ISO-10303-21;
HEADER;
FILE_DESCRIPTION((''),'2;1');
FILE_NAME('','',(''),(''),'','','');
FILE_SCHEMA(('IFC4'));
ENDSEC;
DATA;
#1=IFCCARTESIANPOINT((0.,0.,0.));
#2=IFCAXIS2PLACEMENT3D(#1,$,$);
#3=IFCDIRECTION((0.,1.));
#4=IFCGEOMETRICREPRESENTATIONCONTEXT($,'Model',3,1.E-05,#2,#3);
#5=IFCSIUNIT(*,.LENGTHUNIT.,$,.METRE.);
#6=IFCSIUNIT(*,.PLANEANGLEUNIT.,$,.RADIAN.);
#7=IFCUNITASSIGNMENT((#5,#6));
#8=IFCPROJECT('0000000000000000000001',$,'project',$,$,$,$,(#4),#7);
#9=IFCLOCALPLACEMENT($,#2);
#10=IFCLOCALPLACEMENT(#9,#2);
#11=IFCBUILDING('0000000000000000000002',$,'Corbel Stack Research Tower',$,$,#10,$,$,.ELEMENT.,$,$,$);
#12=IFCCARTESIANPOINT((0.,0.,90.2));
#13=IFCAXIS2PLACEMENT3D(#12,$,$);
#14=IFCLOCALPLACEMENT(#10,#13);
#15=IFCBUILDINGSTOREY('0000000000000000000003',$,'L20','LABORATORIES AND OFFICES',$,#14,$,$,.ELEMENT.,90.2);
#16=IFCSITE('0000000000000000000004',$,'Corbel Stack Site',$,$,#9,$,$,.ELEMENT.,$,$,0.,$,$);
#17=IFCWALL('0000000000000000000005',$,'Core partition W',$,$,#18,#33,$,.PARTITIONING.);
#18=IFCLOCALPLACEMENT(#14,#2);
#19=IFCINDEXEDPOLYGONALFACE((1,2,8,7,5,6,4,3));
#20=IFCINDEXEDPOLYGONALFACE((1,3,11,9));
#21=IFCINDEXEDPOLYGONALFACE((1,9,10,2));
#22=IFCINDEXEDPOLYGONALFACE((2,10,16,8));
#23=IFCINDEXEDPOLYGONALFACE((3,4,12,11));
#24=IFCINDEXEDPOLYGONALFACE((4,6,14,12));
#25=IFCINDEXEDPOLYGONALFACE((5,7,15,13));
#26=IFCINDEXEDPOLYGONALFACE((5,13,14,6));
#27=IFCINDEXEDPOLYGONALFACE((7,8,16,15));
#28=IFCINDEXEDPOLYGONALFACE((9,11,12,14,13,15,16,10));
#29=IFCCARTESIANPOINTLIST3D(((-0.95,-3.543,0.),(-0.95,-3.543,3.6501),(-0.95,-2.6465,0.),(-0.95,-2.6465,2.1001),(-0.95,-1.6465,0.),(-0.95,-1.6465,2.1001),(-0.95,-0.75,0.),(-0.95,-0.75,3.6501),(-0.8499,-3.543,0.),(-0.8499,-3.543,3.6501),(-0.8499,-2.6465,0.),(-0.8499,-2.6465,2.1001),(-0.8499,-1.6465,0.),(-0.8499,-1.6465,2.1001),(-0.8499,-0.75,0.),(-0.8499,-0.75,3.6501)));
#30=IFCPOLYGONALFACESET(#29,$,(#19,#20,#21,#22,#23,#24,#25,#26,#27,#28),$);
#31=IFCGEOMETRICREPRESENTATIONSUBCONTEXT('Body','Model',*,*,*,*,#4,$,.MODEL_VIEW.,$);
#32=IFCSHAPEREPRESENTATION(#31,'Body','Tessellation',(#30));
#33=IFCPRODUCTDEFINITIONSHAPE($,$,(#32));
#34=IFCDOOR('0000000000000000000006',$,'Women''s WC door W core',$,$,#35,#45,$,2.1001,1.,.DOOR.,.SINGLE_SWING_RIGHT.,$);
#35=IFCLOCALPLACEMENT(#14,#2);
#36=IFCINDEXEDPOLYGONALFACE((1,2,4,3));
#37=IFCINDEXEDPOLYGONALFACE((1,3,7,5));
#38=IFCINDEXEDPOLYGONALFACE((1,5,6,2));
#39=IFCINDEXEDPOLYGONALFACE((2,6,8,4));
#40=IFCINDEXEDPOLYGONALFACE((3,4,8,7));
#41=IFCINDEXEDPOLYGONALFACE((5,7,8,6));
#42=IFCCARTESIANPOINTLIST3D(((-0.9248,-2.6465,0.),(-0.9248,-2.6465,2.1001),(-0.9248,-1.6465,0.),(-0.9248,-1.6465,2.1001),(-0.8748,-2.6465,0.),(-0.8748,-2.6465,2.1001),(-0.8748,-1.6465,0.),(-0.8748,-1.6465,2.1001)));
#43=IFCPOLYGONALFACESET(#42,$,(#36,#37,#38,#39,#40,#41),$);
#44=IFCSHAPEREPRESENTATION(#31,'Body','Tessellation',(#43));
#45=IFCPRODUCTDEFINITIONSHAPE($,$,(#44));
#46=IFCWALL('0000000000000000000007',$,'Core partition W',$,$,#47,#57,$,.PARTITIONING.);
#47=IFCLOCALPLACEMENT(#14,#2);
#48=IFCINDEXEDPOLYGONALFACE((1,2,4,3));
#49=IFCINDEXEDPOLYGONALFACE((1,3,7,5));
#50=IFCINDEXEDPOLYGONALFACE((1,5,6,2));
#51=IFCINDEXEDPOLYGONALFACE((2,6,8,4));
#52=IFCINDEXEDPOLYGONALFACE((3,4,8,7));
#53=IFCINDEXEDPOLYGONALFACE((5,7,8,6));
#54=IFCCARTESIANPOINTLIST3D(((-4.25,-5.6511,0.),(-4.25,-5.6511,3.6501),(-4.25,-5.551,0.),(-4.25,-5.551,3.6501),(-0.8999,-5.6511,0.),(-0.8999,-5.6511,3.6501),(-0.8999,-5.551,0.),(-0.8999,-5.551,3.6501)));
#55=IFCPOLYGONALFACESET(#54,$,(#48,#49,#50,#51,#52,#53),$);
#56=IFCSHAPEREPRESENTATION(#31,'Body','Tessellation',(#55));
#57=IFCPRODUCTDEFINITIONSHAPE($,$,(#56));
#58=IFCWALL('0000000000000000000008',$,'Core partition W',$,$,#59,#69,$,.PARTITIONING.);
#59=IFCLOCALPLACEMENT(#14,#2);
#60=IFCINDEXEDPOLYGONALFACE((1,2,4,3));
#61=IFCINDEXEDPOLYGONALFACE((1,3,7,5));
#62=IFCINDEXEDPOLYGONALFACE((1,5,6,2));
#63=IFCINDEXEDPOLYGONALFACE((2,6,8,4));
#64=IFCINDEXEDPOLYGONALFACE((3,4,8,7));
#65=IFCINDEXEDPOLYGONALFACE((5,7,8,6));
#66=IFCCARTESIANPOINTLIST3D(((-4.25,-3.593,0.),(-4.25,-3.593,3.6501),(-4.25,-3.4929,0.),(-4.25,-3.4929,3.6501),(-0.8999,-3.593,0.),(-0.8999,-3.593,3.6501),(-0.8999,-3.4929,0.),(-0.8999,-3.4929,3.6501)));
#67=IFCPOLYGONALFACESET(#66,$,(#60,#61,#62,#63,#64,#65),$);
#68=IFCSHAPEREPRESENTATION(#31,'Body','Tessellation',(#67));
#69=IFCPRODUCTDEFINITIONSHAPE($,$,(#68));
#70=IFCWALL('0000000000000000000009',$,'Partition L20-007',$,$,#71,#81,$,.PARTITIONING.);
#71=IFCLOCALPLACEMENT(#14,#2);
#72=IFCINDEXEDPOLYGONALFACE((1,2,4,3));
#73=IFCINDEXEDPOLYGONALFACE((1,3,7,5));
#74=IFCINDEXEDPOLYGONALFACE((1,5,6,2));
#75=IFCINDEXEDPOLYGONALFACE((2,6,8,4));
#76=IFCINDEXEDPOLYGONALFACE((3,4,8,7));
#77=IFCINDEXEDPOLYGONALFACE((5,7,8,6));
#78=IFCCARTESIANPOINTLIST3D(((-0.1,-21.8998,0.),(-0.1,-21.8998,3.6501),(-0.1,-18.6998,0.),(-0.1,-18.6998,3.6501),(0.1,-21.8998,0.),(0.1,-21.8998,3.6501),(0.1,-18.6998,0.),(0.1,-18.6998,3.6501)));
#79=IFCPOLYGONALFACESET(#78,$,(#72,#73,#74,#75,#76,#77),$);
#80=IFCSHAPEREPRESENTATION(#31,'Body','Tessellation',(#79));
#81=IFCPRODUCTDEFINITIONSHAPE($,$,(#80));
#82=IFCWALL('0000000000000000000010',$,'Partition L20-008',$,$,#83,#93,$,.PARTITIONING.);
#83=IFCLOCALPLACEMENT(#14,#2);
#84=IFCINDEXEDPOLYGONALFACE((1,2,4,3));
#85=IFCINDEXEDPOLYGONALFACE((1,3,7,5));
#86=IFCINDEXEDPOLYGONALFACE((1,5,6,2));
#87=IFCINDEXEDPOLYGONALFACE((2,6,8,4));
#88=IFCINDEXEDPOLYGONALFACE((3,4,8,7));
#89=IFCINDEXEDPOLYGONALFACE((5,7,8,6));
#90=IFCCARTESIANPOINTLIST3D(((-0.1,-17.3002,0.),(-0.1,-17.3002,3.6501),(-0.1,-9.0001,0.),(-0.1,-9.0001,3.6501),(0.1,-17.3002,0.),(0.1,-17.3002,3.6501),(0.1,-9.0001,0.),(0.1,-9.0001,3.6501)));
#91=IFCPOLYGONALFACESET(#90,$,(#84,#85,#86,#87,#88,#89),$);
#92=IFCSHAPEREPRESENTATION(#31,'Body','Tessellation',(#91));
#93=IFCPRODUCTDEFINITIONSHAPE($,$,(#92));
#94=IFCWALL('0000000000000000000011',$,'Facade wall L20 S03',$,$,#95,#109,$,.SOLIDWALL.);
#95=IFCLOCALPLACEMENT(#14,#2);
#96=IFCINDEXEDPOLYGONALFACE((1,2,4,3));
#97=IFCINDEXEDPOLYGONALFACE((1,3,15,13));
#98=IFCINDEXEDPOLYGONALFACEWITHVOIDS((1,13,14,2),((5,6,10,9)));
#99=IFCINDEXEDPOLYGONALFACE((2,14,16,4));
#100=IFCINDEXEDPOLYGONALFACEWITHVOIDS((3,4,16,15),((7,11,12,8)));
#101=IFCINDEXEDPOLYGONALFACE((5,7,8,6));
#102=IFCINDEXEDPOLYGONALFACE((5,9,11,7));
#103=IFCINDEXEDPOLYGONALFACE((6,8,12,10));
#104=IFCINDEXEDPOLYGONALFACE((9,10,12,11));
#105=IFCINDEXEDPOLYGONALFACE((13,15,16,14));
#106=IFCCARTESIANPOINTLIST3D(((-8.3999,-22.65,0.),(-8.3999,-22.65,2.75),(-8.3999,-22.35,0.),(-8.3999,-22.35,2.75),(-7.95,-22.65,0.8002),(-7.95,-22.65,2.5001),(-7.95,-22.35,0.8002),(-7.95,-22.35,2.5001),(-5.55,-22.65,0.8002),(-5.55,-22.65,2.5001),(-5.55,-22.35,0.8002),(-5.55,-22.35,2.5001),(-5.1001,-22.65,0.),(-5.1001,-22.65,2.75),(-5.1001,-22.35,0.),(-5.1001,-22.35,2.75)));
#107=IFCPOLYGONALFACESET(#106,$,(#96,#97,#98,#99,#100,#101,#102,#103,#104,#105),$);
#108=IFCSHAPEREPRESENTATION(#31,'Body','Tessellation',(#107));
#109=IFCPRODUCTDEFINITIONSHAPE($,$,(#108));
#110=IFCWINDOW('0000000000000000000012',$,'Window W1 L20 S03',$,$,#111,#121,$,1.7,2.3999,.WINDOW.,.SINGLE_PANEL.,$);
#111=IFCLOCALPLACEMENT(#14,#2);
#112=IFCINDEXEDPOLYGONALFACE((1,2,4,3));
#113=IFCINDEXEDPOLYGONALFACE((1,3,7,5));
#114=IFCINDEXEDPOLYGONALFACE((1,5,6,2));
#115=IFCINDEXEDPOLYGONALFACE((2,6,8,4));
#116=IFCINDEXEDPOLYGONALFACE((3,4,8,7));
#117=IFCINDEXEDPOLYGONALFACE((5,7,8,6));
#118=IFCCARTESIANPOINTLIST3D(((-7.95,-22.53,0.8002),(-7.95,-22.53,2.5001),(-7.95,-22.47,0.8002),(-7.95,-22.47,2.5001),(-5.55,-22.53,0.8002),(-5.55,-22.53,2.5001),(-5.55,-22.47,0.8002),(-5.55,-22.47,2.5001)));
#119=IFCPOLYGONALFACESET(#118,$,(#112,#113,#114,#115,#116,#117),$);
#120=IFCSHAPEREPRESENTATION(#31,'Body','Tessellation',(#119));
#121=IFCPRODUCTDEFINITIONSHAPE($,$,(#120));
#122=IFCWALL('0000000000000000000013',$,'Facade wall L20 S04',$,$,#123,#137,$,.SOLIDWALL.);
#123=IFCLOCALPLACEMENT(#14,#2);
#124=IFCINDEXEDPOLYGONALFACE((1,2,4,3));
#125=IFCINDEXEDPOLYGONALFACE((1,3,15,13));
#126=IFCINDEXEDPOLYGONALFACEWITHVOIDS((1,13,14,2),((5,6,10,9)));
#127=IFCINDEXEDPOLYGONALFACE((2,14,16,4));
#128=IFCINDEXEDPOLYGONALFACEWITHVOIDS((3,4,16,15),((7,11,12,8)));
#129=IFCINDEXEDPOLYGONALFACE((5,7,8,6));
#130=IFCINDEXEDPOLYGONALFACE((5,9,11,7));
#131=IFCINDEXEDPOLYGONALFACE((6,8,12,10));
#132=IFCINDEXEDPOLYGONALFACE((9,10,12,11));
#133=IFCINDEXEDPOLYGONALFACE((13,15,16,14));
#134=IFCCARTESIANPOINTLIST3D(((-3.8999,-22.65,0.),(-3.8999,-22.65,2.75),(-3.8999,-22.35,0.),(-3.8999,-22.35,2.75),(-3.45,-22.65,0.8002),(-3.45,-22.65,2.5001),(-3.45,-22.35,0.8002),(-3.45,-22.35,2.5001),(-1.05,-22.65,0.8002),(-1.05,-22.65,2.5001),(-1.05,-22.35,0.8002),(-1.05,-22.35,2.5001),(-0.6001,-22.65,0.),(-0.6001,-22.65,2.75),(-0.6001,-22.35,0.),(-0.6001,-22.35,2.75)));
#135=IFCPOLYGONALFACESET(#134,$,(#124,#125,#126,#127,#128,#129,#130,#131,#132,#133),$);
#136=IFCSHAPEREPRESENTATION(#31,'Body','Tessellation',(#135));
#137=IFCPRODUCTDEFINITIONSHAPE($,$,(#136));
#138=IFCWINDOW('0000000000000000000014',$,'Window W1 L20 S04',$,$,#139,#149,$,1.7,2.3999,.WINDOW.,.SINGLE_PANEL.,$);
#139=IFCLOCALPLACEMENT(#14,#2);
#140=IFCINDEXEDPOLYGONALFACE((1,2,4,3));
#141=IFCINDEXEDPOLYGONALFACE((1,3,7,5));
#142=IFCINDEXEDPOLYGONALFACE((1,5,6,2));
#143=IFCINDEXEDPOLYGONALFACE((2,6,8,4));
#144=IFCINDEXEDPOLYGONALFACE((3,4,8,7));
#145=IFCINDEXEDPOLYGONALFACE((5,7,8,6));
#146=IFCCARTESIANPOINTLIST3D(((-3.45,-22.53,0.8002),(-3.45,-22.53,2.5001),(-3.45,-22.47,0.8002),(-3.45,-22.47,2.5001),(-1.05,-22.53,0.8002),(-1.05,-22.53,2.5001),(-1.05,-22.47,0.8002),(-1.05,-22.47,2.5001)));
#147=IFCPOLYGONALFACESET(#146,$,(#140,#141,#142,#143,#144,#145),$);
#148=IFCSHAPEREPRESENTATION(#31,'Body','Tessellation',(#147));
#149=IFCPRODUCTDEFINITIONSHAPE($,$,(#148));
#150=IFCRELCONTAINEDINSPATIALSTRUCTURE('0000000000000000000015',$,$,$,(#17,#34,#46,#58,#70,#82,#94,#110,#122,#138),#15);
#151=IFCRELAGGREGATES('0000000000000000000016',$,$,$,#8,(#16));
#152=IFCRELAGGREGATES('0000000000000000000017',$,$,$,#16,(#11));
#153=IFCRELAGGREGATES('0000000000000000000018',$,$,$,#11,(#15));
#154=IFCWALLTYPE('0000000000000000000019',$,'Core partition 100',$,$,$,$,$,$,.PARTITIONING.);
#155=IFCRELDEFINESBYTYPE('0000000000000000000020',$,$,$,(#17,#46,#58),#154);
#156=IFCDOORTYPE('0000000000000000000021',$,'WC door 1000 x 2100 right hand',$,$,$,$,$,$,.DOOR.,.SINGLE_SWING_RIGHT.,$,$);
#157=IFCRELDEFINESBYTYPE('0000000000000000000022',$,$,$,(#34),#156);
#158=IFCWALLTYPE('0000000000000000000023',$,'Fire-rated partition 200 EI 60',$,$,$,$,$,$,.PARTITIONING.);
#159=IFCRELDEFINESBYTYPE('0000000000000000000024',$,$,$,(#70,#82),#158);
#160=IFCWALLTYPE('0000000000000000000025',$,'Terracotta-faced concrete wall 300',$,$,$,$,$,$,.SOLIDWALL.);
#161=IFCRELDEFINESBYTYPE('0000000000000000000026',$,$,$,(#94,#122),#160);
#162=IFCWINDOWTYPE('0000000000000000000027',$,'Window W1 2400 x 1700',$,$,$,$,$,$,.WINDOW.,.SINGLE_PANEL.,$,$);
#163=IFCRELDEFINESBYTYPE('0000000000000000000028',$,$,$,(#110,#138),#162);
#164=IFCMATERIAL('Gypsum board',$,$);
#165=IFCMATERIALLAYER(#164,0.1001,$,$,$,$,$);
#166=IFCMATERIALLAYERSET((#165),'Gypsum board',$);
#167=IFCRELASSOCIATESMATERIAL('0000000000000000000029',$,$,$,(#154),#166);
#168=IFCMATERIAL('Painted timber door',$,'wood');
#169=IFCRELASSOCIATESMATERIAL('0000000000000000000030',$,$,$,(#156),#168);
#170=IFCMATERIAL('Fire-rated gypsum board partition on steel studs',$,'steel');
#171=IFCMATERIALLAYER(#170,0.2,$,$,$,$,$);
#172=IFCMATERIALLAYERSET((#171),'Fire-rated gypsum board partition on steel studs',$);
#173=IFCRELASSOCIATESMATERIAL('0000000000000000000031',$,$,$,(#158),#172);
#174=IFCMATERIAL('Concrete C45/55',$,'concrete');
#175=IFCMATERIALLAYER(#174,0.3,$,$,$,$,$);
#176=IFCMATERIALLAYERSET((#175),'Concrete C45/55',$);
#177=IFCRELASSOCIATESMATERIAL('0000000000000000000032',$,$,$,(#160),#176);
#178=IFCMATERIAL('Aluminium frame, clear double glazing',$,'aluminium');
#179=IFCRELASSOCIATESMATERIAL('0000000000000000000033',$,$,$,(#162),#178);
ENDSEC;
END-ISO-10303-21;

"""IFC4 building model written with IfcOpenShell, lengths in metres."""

from ifc_helpers import new_model, si_unit, direction, frame, frame_2d, origin, place, context, subcontext, project, spatial, rectangle, extrude, material, layer, layer_set, type_object, element, fill, save


model = new_model("IFC4")

# Units and contexts
model_context = context("Model", 3, precision=1e-05, world=origin(), true_north=direction((0.0, 1.0)))
body_context = subcontext(model_context, "Body", "Model", "MODEL_VIEW")
ifc_project = project(units=[si_unit("LENGTHUNIT", "METRE"), si_unit("PLANEANGLEUNIT", "RADIAN")], contexts=[model_context])

# Site, building, storey
site_placement = place(None, origin())
site = spatial("IfcSite", under=ifc_project, at=site_placement, Name="Corbel Stack Site", CompositionType="ELEMENT", RefElevation=0.0)
building_placement = place(site_placement, origin())
building = spatial("IfcBuilding", under=site, at=building_placement, Name="Corbel Stack Research Tower", CompositionType="ELEMENT")
storey_placement = place(building_placement, frame((0.0, 0.0, 90.2)))
storey = spatial("IfcBuildingStorey", under=building, at=storey_placement, Name="L20", Description="LABORATORIES AND OFFICES", CompositionType="ELEMENT", Elevation=90.2)

# Wall, opening, door
ifc_material_1 = material(Name="Gypsum board")
ifc_layer_1 = layer(ifc_material_1, 0.1001)
ifc_layer_set_1 = layer_set([ifc_layer_1], Name="Gypsum board")
wall_type_1 = type_object("IfcWallType", Name="Core partition 100", PredefinedType="PARTITIONING", material=ifc_layer_set_1)
ifc_material_2 = material(Name="Painted timber door", Category="wood")
door_type_1 = type_object("IfcDoorType", Name="WC door 1000 x 2100 right hand", OperationType="SINGLE_SWING_RIGHT", PredefinedType="DOOR", material=ifc_material_2)
wall_1_placement = place(storey_placement, frame((-0.8999, -3.543, 0.0), z_axis=(0.0, 0.0, 1.0), x_axis=(0.0, 1.0, 0.0)))
wall_1 = element("IfcWall", 1, at=wall_1_placement, inside=storey, type_object=wall_type_1, Name="Core partition W", PredefinedType="PARTITIONING", context=body_context, shape_type="SweptSolid", body=[
    extrude(rectangle(XDim=2.793, YDim=0.1001, at=frame_2d((1.3965, 0.0))), origin(), (0.0, 0.0, 1.0), 3.6501),
])
opening_1_placement = place(wall_1_placement, frame((0.8965, 0.0, 0.0)))
opening_1 = element("IfcOpeningElement", 2, at=opening_1_placement, cuts=wall_1, PredefinedType="OPENING", context=body_context, shape_type="SweptSolid", body=[
    extrude(rectangle(XDim=1.0, YDim=2.1001, at=frame_2d((0.5, 1.05))), frame((0.0, 0.0601, 0.0), z_axis=(0.0, -1.0, 0.0), x_axis=(1.0, 0.0, 0.0)), (0.0, 0.0, 1.0), 0.1201),
])
door_1_placement = place(opening_1_placement, origin())
door_1 = element("IfcDoor", 3, at=door_1_placement, inside=storey, type_object=door_type_1, Name="Women's WC door W core", OperationType="SINGLE_SWING_RIGHT", OverallHeight=2.1001, OverallWidth=1.0, PredefinedType="DOOR", context=body_context, shape_type="SweptSolid", body=[
    extrude(rectangle(XDim=1.0, YDim=2.1001, at=frame_2d((0.5, 1.05))), frame((0.0, 0.0249, 0.0), z_axis=(0.0, -1.0, 0.0), x_axis=(1.0, 0.0, 0.0)), (0.0, 0.0, 1.0), 0.05),
])
fill(opening_1, door_1)

# Walls
for number, where, z_axis, x_axis, name in (
    (4, (-4.25, -5.6011, 0.0), (0.0, 0.0, 1.0), (1.0, 0.0, 0.0), "Core partition W"),
    (5, (-4.25, -3.543, 0.0), (0.0, 0.0, 1.0), (1.0, 0.0, 0.0), "Core partition W"),
):
    element("IfcWall", number, at=place(storey_placement, frame(where, z_axis=z_axis, x_axis=x_axis)), inside=storey, type_object=wall_type_1, Name=name, PredefinedType="PARTITIONING", context=body_context, shape_type="SweptSolid", body=[
        extrude(rectangle(XDim=3.3501, YDim=0.1001, at=frame_2d((1.675, 0.0))), origin(), (0.0, 0.0, 1.0), 3.6501),
    ])
ifc_material_3 = material(Name="Fire-rated gypsum board partition on steel studs", Category="steel")
ifc_layer_2 = layer(ifc_material_3, 0.2)
ifc_layer_set_2 = layer_set([ifc_layer_2], Name="Fire-rated gypsum board partition on steel studs")
wall_type_2 = type_object("IfcWallType", Name="Fire-rated partition 200 EI 60", PredefinedType="PARTITIONING", material=ifc_layer_set_2)
wall_2_placement = place(storey_placement, frame((0.0, -21.8999, 0.0), z_axis=(0.0, 0.0, 1.0), x_axis=(0.0, 1.0, 0.0)))
element("IfcWall", 6, at=wall_2_placement, inside=storey, type_object=wall_type_2, Name="Partition L20-007", PredefinedType="PARTITIONING", context=body_context, shape_type="SweptSolid", body=[
    extrude(rectangle(XDim=3.2, YDim=0.2, at=frame_2d((1.6001, 0.0))), origin(), (0.0, 0.0, 1.0), 3.6501),
])
wall_3_placement = place(storey_placement, frame((0.0, -17.3, 0.0), z_axis=(0.0, 0.0, 1.0), x_axis=(0.0, 1.0, 0.0)))
element("IfcWall", 7, at=wall_3_placement, inside=storey, type_object=wall_type_2, Name="Partition L20-008", PredefinedType="PARTITIONING", context=body_context, shape_type="SweptSolid", body=[
    extrude(rectangle(XDim=8.3, YDim=0.2, at=frame_2d((4.1499, 0.0))), origin(), (0.0, 0.0, 1.0), 3.6501),
])

# Walls, openings, windows
ifc_material_4 = material(Name="Concrete C45/55", Category="concrete")
ifc_layer_3 = layer(ifc_material_4, 0.3)
ifc_layer_set_3 = layer_set([ifc_layer_3], Name="Concrete C45/55")
wall_type_3 = type_object("IfcWallType", Name="Terracotta-faced concrete wall 300", PredefinedType="SOLIDWALL", material=ifc_layer_set_3)
wall_4_placement = place(storey_placement, frame((-5.1001, -22.5, 0.0), z_axis=(0.0, 0.0, 1.0), x_axis=(-1.0, 0.0, 0.0)))
wall_4 = element("IfcWall", 8, at=wall_4_placement, inside=storey, type_object=wall_type_3, Name="Facade wall L20 S03", PredefinedType="SOLIDWALL", context=body_context, shape_type="SweptSolid", body=[
    extrude(rectangle(XDim=3.2998, YDim=0.3, at=frame_2d((1.6499, 0.0))), origin(), (0.0, 0.0, 1.0), 2.75),
])
opening_2_placement = place(wall_4_placement, frame((0.45, 0.0, 0.8)))
opening_2 = element("IfcOpeningElement", 9, at=opening_2_placement, cuts=wall_4, PredefinedType="OPENING", context=body_context, shape_type="SweptSolid", body=[
    extrude(rectangle(XDim=2.3999, YDim=1.7, at=frame_2d((1.2, 0.8501))), frame((0.0, 0.1599, 0.0), z_axis=(0.0, -1.0, 0.0), x_axis=(1.0, 0.0, 0.0)), (0.0, 0.0, 1.0), 0.3201),
])
ifc_material_5 = material(Name="Aluminium frame, clear double glazing", Category="aluminium")
window_type = type_object("IfcWindowType", Name="Window W1 2400 x 1700", PartitioningType="SINGLE_PANEL", PredefinedType="WINDOW", material=ifc_material_5)
window_1_placement = place(opening_2_placement, origin())
window_1 = element("IfcWindow", 10, at=window_1_placement, inside=storey, type_object=window_type, Name="Window W1 L20 S03", OverallHeight=1.7, OverallWidth=2.3999, PartitioningType="SINGLE_PANEL", PredefinedType="WINDOW", context=body_context, shape_type="SweptSolid", body=[
    extrude(rectangle(XDim=2.3999, YDim=1.7, at=frame_2d((1.2, 0.8501))), frame((0.0, 0.03, 0.0), z_axis=(0.0, -1.0, 0.0), x_axis=(1.0, 0.0, 0.0)), (0.0, 0.0, 1.0), 0.0601),
])
fill(opening_2, window_1)
wall_5_placement = place(storey_placement, frame((-0.6001, -22.5, 0.0), z_axis=(0.0, 0.0, 1.0), x_axis=(-1.0, 0.0, 0.0)))
wall_5 = element("IfcWall", 11, at=wall_5_placement, inside=storey, type_object=wall_type_3, Name="Facade wall L20 S04", PredefinedType="SOLIDWALL", context=body_context, shape_type="SweptSolid", body=[
    extrude(rectangle(XDim=3.2998, YDim=0.3, at=frame_2d((1.6499, 0.0))), origin(), (0.0, 0.0, 1.0), 2.75),
])
opening_3_placement = place(wall_5_placement, frame((0.45, 0.0, 0.8)))
opening_3 = element("IfcOpeningElement", 12, at=opening_3_placement, cuts=wall_5, PredefinedType="OPENING", context=body_context, shape_type="SweptSolid", body=[
    extrude(rectangle(XDim=2.3999, YDim=1.7, at=frame_2d((1.2, 0.8501))), frame((0.0, 0.1599, 0.0), z_axis=(0.0, -1.0, 0.0), x_axis=(1.0, 0.0, 0.0)), (0.0, 0.0, 1.0), 0.3201),
])
window_2_placement = place(opening_3_placement, origin())
window_2 = element("IfcWindow", 13, at=window_2_placement, inside=storey, type_object=window_type, Name="Window W1 L20 S04", OverallHeight=1.7, OverallWidth=2.3999, PartitioningType="SINGLE_PANEL", PredefinedType="WINDOW", context=body_context, shape_type="SweptSolid", body=[
    extrude(rectangle(XDim=2.3999, YDim=1.7, at=frame_2d((1.2, 0.8501))), frame((0.0, 0.03, 0.0), z_axis=(0.0, -1.0, 0.0), x_axis=(1.0, 0.0, 0.0)), (0.0, 0.0, 1.0), 0.0601),
])
fill(opening_3, window_2)

save(model, "model.ifc")
